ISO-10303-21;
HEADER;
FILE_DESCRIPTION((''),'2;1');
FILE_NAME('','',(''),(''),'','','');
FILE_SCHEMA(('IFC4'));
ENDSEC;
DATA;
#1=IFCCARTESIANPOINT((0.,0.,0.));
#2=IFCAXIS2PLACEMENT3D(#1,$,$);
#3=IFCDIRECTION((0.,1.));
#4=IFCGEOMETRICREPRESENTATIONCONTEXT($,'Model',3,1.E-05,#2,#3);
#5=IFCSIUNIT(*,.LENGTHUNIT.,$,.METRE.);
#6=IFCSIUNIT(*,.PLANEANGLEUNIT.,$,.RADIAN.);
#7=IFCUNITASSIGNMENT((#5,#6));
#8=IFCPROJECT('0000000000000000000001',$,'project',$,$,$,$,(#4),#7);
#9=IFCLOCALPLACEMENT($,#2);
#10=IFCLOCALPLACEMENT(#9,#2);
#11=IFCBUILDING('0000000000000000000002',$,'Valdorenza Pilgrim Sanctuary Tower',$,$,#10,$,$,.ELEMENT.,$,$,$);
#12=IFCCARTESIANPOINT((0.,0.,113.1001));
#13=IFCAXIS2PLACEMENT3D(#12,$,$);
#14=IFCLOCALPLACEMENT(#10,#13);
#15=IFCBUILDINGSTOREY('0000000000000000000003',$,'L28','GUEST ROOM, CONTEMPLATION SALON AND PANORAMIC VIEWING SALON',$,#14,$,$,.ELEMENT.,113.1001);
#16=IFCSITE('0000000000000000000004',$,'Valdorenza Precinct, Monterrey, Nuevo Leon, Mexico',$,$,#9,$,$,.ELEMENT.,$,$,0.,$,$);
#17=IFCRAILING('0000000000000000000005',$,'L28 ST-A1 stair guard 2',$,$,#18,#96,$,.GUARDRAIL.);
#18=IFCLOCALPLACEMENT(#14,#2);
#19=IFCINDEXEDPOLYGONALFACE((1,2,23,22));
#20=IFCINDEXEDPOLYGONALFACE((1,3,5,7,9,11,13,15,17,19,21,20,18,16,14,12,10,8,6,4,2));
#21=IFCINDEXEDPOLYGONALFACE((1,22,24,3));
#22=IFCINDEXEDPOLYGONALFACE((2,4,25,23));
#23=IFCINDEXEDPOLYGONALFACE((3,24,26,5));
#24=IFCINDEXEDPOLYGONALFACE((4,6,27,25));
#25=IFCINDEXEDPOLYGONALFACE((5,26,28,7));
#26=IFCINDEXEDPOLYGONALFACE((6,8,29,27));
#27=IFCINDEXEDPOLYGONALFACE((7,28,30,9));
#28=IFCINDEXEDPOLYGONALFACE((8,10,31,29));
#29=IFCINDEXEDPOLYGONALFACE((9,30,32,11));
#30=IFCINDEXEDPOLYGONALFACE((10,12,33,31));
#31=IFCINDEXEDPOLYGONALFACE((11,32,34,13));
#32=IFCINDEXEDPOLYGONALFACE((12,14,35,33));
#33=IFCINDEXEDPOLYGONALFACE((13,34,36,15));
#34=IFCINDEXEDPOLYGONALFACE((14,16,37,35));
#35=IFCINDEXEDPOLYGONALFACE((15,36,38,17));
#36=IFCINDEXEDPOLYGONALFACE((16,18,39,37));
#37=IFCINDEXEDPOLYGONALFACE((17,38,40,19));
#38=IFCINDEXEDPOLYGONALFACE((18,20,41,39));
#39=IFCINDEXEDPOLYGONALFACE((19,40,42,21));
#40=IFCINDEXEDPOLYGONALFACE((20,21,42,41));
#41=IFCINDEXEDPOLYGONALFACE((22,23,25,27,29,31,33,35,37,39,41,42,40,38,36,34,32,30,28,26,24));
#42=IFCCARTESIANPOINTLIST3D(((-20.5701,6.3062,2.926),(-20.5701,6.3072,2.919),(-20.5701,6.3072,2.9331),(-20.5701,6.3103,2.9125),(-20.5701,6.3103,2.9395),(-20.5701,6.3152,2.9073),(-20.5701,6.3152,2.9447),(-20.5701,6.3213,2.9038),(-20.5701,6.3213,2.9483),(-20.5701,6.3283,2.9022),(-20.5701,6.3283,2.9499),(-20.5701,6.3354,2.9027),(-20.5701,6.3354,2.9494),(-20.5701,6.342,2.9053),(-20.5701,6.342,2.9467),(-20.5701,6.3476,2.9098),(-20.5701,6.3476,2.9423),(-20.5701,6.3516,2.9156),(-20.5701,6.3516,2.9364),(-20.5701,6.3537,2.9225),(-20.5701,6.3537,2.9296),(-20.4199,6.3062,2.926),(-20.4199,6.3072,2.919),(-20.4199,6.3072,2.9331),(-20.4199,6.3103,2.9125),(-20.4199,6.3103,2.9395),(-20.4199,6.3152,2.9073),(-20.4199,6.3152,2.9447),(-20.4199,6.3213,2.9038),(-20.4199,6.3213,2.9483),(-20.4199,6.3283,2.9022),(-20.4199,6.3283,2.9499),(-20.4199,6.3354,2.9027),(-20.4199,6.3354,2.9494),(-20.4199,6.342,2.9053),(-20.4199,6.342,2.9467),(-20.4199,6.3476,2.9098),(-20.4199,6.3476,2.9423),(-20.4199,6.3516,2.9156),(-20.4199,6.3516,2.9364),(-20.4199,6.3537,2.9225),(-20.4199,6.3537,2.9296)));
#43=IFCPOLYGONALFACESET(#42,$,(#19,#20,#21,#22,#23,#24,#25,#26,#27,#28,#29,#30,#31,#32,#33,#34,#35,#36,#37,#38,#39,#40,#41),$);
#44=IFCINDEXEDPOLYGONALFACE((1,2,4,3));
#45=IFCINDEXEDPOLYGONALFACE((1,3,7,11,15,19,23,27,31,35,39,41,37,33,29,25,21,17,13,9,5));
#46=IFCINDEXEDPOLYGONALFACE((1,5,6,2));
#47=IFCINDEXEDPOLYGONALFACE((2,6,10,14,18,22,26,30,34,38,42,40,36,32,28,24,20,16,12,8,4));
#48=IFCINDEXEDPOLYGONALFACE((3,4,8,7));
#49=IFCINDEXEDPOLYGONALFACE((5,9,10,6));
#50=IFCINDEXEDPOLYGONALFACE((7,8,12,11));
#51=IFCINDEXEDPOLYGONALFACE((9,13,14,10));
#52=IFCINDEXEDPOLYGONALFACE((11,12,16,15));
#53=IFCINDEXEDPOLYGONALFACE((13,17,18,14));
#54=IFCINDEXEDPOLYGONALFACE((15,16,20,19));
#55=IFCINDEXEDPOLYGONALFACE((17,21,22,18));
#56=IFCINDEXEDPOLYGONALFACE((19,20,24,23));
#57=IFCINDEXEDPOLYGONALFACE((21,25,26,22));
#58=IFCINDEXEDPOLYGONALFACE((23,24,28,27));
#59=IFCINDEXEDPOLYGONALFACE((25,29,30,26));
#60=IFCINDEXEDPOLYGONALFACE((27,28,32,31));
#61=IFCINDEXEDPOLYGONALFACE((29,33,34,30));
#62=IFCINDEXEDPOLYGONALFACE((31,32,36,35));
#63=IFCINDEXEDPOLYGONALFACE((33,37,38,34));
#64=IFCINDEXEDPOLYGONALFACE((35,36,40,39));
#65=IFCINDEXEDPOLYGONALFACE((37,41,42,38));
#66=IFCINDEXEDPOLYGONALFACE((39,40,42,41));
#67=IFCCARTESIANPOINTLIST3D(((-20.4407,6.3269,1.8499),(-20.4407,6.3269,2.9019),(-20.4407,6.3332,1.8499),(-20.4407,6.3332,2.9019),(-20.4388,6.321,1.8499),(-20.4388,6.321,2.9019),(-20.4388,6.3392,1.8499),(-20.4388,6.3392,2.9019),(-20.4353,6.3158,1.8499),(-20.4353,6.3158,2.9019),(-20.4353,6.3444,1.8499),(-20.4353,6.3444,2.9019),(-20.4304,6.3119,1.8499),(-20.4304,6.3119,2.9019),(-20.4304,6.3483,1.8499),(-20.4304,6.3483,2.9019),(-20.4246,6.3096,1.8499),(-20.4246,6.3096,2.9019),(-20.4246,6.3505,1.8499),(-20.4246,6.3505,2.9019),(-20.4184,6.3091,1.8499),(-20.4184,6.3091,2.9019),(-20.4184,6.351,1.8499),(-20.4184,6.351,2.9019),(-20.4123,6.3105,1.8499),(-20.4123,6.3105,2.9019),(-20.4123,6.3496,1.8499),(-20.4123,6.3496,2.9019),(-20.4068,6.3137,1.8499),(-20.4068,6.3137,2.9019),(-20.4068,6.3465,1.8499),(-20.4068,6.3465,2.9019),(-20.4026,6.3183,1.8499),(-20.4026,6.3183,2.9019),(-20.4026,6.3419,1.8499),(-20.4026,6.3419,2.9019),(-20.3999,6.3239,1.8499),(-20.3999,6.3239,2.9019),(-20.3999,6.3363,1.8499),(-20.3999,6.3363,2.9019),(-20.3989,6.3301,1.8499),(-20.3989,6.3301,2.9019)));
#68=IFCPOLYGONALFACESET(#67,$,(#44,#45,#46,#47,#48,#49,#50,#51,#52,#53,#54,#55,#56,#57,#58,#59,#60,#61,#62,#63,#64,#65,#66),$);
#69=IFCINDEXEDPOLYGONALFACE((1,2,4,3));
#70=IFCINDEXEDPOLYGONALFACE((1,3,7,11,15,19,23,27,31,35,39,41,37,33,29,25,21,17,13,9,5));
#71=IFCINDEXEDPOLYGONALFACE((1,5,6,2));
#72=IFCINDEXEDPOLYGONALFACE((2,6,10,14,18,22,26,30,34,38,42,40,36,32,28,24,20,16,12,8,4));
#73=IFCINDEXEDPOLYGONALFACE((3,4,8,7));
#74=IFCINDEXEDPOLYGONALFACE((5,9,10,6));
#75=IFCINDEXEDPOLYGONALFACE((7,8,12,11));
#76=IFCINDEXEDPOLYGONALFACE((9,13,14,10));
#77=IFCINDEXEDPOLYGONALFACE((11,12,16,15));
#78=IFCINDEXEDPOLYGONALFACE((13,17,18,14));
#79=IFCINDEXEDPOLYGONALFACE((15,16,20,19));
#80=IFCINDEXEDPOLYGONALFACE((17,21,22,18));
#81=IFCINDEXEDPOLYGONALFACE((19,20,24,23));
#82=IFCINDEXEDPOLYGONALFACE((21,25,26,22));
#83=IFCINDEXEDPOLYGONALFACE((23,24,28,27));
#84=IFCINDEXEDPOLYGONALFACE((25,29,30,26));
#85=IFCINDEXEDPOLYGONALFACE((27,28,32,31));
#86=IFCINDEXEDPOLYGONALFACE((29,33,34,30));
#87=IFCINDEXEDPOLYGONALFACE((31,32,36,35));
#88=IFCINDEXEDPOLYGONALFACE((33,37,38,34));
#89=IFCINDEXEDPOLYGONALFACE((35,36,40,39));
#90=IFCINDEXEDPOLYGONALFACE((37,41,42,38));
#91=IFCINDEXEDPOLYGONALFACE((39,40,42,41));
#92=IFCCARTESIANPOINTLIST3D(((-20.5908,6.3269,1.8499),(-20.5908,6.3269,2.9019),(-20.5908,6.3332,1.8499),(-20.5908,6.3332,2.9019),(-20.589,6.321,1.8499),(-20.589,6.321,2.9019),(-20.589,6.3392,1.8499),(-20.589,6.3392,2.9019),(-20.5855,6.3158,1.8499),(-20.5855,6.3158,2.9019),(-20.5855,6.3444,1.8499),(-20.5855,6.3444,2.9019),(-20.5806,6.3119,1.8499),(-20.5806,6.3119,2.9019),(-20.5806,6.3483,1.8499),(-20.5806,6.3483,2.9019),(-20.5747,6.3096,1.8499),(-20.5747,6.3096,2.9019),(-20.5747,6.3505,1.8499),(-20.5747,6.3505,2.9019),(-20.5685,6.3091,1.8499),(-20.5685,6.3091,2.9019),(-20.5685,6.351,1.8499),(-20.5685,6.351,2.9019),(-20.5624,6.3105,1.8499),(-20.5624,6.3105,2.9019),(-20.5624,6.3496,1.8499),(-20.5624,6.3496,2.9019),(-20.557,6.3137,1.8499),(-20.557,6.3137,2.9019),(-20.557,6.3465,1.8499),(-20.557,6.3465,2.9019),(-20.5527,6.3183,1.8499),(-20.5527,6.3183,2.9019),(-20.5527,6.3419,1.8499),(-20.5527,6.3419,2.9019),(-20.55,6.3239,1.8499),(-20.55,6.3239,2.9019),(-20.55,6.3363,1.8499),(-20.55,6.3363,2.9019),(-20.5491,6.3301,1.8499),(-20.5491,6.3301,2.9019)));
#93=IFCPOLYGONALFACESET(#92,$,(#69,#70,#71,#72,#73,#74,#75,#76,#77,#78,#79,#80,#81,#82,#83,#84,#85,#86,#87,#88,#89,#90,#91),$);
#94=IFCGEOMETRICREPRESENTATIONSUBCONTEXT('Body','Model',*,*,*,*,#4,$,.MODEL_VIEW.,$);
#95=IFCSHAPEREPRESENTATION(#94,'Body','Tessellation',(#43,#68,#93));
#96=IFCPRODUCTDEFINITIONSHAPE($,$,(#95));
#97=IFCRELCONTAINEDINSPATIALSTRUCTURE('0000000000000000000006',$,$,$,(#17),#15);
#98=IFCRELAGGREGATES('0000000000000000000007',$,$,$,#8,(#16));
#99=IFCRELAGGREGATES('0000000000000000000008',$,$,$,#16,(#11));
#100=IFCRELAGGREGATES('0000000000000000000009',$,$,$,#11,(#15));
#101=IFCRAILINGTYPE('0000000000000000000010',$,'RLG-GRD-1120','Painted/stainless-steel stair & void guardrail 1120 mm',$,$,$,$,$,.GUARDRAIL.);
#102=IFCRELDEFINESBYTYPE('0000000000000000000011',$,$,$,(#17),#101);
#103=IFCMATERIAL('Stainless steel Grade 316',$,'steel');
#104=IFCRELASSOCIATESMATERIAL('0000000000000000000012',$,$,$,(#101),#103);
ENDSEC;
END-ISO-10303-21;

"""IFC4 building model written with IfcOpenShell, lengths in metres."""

from ifc_helpers import new_model, si_unit, direction, frame, origin, origin_2d, place, context, subcontext, project, spatial, circle, extrude, material, type_object, element, save


model = new_model("IFC4")

# Units and contexts
model_context = context("Model", 3, precision=1e-05, world=origin(), true_north=direction((0.0, 1.0)))
body_context = subcontext(model_context, "Body", "Model", "MODEL_VIEW")
ifc_project = project(units=[si_unit("LENGTHUNIT", "METRE"), si_unit("PLANEANGLEUNIT", "RADIAN")], contexts=[model_context])

# Site, building, storey
site_placement = place(None, origin())
site = spatial("IfcSite", under=ifc_project, at=site_placement, Name="Valdorenza Precinct, Monterrey, Nuevo Leon, Mexico", CompositionType="ELEMENT", RefElevation=0.0)
building_placement = place(site_placement, origin())
building = spatial("IfcBuilding", under=site, at=building_placement, Name="Valdorenza Pilgrim Sanctuary Tower", CompositionType="ELEMENT")
storey_placement = place(building_placement, frame((0.0, 0.0, 113.1001)))
storey = spatial("IfcBuildingStorey", under=building, at=storey_placement, Name="L28", Description="GUEST ROOM, CONTEMPLATION SALON AND PANORAMIC VIEWING SALON", CompositionType="ELEMENT", Elevation=113.1001)

# Railing
ifc_material_1 = material(Name="Stainless steel Grade 316", Category="steel")
railing_type_1 = type_object("IfcRailingType", Name="RLG-GRD-1120", Description="Painted/stainless-steel stair & void guardrail 1120 mm", PredefinedType="GUARDRAIL", material=ifc_material_1)
railing_1_placement = place(storey_placement, frame((-20.4199, 6.3301, 1.8499)))
element("IfcRailing", 1, at=railing_1_placement, inside=storey, type_object=railing_type_1, Name="L28 ST-A1 stair guard 2", PredefinedType="GUARDRAIL", context=body_context, shape_type="SweptSolid", body=[
    extrude(circle(Radius=0.0239, at=origin_2d()), frame((0.0, 0.0, 1.0762), z_axis=(-1.0, 0.0, 0.0), x_axis=(0.0, -1.0, 0.0)), (0.0, 0.0, 1.0), 0.1501),
    extrude(circle(Radius=0.021, at=origin_2d()), origin(), (0.0, 0.0, 1.0), 1.052),
    extrude(circle(Radius=0.021, at=origin_2d()), frame((-0.1501, 0.0, 0.0)), (0.0, 0.0, 1.0), 1.052),
])

save(model, "model.ifc")
